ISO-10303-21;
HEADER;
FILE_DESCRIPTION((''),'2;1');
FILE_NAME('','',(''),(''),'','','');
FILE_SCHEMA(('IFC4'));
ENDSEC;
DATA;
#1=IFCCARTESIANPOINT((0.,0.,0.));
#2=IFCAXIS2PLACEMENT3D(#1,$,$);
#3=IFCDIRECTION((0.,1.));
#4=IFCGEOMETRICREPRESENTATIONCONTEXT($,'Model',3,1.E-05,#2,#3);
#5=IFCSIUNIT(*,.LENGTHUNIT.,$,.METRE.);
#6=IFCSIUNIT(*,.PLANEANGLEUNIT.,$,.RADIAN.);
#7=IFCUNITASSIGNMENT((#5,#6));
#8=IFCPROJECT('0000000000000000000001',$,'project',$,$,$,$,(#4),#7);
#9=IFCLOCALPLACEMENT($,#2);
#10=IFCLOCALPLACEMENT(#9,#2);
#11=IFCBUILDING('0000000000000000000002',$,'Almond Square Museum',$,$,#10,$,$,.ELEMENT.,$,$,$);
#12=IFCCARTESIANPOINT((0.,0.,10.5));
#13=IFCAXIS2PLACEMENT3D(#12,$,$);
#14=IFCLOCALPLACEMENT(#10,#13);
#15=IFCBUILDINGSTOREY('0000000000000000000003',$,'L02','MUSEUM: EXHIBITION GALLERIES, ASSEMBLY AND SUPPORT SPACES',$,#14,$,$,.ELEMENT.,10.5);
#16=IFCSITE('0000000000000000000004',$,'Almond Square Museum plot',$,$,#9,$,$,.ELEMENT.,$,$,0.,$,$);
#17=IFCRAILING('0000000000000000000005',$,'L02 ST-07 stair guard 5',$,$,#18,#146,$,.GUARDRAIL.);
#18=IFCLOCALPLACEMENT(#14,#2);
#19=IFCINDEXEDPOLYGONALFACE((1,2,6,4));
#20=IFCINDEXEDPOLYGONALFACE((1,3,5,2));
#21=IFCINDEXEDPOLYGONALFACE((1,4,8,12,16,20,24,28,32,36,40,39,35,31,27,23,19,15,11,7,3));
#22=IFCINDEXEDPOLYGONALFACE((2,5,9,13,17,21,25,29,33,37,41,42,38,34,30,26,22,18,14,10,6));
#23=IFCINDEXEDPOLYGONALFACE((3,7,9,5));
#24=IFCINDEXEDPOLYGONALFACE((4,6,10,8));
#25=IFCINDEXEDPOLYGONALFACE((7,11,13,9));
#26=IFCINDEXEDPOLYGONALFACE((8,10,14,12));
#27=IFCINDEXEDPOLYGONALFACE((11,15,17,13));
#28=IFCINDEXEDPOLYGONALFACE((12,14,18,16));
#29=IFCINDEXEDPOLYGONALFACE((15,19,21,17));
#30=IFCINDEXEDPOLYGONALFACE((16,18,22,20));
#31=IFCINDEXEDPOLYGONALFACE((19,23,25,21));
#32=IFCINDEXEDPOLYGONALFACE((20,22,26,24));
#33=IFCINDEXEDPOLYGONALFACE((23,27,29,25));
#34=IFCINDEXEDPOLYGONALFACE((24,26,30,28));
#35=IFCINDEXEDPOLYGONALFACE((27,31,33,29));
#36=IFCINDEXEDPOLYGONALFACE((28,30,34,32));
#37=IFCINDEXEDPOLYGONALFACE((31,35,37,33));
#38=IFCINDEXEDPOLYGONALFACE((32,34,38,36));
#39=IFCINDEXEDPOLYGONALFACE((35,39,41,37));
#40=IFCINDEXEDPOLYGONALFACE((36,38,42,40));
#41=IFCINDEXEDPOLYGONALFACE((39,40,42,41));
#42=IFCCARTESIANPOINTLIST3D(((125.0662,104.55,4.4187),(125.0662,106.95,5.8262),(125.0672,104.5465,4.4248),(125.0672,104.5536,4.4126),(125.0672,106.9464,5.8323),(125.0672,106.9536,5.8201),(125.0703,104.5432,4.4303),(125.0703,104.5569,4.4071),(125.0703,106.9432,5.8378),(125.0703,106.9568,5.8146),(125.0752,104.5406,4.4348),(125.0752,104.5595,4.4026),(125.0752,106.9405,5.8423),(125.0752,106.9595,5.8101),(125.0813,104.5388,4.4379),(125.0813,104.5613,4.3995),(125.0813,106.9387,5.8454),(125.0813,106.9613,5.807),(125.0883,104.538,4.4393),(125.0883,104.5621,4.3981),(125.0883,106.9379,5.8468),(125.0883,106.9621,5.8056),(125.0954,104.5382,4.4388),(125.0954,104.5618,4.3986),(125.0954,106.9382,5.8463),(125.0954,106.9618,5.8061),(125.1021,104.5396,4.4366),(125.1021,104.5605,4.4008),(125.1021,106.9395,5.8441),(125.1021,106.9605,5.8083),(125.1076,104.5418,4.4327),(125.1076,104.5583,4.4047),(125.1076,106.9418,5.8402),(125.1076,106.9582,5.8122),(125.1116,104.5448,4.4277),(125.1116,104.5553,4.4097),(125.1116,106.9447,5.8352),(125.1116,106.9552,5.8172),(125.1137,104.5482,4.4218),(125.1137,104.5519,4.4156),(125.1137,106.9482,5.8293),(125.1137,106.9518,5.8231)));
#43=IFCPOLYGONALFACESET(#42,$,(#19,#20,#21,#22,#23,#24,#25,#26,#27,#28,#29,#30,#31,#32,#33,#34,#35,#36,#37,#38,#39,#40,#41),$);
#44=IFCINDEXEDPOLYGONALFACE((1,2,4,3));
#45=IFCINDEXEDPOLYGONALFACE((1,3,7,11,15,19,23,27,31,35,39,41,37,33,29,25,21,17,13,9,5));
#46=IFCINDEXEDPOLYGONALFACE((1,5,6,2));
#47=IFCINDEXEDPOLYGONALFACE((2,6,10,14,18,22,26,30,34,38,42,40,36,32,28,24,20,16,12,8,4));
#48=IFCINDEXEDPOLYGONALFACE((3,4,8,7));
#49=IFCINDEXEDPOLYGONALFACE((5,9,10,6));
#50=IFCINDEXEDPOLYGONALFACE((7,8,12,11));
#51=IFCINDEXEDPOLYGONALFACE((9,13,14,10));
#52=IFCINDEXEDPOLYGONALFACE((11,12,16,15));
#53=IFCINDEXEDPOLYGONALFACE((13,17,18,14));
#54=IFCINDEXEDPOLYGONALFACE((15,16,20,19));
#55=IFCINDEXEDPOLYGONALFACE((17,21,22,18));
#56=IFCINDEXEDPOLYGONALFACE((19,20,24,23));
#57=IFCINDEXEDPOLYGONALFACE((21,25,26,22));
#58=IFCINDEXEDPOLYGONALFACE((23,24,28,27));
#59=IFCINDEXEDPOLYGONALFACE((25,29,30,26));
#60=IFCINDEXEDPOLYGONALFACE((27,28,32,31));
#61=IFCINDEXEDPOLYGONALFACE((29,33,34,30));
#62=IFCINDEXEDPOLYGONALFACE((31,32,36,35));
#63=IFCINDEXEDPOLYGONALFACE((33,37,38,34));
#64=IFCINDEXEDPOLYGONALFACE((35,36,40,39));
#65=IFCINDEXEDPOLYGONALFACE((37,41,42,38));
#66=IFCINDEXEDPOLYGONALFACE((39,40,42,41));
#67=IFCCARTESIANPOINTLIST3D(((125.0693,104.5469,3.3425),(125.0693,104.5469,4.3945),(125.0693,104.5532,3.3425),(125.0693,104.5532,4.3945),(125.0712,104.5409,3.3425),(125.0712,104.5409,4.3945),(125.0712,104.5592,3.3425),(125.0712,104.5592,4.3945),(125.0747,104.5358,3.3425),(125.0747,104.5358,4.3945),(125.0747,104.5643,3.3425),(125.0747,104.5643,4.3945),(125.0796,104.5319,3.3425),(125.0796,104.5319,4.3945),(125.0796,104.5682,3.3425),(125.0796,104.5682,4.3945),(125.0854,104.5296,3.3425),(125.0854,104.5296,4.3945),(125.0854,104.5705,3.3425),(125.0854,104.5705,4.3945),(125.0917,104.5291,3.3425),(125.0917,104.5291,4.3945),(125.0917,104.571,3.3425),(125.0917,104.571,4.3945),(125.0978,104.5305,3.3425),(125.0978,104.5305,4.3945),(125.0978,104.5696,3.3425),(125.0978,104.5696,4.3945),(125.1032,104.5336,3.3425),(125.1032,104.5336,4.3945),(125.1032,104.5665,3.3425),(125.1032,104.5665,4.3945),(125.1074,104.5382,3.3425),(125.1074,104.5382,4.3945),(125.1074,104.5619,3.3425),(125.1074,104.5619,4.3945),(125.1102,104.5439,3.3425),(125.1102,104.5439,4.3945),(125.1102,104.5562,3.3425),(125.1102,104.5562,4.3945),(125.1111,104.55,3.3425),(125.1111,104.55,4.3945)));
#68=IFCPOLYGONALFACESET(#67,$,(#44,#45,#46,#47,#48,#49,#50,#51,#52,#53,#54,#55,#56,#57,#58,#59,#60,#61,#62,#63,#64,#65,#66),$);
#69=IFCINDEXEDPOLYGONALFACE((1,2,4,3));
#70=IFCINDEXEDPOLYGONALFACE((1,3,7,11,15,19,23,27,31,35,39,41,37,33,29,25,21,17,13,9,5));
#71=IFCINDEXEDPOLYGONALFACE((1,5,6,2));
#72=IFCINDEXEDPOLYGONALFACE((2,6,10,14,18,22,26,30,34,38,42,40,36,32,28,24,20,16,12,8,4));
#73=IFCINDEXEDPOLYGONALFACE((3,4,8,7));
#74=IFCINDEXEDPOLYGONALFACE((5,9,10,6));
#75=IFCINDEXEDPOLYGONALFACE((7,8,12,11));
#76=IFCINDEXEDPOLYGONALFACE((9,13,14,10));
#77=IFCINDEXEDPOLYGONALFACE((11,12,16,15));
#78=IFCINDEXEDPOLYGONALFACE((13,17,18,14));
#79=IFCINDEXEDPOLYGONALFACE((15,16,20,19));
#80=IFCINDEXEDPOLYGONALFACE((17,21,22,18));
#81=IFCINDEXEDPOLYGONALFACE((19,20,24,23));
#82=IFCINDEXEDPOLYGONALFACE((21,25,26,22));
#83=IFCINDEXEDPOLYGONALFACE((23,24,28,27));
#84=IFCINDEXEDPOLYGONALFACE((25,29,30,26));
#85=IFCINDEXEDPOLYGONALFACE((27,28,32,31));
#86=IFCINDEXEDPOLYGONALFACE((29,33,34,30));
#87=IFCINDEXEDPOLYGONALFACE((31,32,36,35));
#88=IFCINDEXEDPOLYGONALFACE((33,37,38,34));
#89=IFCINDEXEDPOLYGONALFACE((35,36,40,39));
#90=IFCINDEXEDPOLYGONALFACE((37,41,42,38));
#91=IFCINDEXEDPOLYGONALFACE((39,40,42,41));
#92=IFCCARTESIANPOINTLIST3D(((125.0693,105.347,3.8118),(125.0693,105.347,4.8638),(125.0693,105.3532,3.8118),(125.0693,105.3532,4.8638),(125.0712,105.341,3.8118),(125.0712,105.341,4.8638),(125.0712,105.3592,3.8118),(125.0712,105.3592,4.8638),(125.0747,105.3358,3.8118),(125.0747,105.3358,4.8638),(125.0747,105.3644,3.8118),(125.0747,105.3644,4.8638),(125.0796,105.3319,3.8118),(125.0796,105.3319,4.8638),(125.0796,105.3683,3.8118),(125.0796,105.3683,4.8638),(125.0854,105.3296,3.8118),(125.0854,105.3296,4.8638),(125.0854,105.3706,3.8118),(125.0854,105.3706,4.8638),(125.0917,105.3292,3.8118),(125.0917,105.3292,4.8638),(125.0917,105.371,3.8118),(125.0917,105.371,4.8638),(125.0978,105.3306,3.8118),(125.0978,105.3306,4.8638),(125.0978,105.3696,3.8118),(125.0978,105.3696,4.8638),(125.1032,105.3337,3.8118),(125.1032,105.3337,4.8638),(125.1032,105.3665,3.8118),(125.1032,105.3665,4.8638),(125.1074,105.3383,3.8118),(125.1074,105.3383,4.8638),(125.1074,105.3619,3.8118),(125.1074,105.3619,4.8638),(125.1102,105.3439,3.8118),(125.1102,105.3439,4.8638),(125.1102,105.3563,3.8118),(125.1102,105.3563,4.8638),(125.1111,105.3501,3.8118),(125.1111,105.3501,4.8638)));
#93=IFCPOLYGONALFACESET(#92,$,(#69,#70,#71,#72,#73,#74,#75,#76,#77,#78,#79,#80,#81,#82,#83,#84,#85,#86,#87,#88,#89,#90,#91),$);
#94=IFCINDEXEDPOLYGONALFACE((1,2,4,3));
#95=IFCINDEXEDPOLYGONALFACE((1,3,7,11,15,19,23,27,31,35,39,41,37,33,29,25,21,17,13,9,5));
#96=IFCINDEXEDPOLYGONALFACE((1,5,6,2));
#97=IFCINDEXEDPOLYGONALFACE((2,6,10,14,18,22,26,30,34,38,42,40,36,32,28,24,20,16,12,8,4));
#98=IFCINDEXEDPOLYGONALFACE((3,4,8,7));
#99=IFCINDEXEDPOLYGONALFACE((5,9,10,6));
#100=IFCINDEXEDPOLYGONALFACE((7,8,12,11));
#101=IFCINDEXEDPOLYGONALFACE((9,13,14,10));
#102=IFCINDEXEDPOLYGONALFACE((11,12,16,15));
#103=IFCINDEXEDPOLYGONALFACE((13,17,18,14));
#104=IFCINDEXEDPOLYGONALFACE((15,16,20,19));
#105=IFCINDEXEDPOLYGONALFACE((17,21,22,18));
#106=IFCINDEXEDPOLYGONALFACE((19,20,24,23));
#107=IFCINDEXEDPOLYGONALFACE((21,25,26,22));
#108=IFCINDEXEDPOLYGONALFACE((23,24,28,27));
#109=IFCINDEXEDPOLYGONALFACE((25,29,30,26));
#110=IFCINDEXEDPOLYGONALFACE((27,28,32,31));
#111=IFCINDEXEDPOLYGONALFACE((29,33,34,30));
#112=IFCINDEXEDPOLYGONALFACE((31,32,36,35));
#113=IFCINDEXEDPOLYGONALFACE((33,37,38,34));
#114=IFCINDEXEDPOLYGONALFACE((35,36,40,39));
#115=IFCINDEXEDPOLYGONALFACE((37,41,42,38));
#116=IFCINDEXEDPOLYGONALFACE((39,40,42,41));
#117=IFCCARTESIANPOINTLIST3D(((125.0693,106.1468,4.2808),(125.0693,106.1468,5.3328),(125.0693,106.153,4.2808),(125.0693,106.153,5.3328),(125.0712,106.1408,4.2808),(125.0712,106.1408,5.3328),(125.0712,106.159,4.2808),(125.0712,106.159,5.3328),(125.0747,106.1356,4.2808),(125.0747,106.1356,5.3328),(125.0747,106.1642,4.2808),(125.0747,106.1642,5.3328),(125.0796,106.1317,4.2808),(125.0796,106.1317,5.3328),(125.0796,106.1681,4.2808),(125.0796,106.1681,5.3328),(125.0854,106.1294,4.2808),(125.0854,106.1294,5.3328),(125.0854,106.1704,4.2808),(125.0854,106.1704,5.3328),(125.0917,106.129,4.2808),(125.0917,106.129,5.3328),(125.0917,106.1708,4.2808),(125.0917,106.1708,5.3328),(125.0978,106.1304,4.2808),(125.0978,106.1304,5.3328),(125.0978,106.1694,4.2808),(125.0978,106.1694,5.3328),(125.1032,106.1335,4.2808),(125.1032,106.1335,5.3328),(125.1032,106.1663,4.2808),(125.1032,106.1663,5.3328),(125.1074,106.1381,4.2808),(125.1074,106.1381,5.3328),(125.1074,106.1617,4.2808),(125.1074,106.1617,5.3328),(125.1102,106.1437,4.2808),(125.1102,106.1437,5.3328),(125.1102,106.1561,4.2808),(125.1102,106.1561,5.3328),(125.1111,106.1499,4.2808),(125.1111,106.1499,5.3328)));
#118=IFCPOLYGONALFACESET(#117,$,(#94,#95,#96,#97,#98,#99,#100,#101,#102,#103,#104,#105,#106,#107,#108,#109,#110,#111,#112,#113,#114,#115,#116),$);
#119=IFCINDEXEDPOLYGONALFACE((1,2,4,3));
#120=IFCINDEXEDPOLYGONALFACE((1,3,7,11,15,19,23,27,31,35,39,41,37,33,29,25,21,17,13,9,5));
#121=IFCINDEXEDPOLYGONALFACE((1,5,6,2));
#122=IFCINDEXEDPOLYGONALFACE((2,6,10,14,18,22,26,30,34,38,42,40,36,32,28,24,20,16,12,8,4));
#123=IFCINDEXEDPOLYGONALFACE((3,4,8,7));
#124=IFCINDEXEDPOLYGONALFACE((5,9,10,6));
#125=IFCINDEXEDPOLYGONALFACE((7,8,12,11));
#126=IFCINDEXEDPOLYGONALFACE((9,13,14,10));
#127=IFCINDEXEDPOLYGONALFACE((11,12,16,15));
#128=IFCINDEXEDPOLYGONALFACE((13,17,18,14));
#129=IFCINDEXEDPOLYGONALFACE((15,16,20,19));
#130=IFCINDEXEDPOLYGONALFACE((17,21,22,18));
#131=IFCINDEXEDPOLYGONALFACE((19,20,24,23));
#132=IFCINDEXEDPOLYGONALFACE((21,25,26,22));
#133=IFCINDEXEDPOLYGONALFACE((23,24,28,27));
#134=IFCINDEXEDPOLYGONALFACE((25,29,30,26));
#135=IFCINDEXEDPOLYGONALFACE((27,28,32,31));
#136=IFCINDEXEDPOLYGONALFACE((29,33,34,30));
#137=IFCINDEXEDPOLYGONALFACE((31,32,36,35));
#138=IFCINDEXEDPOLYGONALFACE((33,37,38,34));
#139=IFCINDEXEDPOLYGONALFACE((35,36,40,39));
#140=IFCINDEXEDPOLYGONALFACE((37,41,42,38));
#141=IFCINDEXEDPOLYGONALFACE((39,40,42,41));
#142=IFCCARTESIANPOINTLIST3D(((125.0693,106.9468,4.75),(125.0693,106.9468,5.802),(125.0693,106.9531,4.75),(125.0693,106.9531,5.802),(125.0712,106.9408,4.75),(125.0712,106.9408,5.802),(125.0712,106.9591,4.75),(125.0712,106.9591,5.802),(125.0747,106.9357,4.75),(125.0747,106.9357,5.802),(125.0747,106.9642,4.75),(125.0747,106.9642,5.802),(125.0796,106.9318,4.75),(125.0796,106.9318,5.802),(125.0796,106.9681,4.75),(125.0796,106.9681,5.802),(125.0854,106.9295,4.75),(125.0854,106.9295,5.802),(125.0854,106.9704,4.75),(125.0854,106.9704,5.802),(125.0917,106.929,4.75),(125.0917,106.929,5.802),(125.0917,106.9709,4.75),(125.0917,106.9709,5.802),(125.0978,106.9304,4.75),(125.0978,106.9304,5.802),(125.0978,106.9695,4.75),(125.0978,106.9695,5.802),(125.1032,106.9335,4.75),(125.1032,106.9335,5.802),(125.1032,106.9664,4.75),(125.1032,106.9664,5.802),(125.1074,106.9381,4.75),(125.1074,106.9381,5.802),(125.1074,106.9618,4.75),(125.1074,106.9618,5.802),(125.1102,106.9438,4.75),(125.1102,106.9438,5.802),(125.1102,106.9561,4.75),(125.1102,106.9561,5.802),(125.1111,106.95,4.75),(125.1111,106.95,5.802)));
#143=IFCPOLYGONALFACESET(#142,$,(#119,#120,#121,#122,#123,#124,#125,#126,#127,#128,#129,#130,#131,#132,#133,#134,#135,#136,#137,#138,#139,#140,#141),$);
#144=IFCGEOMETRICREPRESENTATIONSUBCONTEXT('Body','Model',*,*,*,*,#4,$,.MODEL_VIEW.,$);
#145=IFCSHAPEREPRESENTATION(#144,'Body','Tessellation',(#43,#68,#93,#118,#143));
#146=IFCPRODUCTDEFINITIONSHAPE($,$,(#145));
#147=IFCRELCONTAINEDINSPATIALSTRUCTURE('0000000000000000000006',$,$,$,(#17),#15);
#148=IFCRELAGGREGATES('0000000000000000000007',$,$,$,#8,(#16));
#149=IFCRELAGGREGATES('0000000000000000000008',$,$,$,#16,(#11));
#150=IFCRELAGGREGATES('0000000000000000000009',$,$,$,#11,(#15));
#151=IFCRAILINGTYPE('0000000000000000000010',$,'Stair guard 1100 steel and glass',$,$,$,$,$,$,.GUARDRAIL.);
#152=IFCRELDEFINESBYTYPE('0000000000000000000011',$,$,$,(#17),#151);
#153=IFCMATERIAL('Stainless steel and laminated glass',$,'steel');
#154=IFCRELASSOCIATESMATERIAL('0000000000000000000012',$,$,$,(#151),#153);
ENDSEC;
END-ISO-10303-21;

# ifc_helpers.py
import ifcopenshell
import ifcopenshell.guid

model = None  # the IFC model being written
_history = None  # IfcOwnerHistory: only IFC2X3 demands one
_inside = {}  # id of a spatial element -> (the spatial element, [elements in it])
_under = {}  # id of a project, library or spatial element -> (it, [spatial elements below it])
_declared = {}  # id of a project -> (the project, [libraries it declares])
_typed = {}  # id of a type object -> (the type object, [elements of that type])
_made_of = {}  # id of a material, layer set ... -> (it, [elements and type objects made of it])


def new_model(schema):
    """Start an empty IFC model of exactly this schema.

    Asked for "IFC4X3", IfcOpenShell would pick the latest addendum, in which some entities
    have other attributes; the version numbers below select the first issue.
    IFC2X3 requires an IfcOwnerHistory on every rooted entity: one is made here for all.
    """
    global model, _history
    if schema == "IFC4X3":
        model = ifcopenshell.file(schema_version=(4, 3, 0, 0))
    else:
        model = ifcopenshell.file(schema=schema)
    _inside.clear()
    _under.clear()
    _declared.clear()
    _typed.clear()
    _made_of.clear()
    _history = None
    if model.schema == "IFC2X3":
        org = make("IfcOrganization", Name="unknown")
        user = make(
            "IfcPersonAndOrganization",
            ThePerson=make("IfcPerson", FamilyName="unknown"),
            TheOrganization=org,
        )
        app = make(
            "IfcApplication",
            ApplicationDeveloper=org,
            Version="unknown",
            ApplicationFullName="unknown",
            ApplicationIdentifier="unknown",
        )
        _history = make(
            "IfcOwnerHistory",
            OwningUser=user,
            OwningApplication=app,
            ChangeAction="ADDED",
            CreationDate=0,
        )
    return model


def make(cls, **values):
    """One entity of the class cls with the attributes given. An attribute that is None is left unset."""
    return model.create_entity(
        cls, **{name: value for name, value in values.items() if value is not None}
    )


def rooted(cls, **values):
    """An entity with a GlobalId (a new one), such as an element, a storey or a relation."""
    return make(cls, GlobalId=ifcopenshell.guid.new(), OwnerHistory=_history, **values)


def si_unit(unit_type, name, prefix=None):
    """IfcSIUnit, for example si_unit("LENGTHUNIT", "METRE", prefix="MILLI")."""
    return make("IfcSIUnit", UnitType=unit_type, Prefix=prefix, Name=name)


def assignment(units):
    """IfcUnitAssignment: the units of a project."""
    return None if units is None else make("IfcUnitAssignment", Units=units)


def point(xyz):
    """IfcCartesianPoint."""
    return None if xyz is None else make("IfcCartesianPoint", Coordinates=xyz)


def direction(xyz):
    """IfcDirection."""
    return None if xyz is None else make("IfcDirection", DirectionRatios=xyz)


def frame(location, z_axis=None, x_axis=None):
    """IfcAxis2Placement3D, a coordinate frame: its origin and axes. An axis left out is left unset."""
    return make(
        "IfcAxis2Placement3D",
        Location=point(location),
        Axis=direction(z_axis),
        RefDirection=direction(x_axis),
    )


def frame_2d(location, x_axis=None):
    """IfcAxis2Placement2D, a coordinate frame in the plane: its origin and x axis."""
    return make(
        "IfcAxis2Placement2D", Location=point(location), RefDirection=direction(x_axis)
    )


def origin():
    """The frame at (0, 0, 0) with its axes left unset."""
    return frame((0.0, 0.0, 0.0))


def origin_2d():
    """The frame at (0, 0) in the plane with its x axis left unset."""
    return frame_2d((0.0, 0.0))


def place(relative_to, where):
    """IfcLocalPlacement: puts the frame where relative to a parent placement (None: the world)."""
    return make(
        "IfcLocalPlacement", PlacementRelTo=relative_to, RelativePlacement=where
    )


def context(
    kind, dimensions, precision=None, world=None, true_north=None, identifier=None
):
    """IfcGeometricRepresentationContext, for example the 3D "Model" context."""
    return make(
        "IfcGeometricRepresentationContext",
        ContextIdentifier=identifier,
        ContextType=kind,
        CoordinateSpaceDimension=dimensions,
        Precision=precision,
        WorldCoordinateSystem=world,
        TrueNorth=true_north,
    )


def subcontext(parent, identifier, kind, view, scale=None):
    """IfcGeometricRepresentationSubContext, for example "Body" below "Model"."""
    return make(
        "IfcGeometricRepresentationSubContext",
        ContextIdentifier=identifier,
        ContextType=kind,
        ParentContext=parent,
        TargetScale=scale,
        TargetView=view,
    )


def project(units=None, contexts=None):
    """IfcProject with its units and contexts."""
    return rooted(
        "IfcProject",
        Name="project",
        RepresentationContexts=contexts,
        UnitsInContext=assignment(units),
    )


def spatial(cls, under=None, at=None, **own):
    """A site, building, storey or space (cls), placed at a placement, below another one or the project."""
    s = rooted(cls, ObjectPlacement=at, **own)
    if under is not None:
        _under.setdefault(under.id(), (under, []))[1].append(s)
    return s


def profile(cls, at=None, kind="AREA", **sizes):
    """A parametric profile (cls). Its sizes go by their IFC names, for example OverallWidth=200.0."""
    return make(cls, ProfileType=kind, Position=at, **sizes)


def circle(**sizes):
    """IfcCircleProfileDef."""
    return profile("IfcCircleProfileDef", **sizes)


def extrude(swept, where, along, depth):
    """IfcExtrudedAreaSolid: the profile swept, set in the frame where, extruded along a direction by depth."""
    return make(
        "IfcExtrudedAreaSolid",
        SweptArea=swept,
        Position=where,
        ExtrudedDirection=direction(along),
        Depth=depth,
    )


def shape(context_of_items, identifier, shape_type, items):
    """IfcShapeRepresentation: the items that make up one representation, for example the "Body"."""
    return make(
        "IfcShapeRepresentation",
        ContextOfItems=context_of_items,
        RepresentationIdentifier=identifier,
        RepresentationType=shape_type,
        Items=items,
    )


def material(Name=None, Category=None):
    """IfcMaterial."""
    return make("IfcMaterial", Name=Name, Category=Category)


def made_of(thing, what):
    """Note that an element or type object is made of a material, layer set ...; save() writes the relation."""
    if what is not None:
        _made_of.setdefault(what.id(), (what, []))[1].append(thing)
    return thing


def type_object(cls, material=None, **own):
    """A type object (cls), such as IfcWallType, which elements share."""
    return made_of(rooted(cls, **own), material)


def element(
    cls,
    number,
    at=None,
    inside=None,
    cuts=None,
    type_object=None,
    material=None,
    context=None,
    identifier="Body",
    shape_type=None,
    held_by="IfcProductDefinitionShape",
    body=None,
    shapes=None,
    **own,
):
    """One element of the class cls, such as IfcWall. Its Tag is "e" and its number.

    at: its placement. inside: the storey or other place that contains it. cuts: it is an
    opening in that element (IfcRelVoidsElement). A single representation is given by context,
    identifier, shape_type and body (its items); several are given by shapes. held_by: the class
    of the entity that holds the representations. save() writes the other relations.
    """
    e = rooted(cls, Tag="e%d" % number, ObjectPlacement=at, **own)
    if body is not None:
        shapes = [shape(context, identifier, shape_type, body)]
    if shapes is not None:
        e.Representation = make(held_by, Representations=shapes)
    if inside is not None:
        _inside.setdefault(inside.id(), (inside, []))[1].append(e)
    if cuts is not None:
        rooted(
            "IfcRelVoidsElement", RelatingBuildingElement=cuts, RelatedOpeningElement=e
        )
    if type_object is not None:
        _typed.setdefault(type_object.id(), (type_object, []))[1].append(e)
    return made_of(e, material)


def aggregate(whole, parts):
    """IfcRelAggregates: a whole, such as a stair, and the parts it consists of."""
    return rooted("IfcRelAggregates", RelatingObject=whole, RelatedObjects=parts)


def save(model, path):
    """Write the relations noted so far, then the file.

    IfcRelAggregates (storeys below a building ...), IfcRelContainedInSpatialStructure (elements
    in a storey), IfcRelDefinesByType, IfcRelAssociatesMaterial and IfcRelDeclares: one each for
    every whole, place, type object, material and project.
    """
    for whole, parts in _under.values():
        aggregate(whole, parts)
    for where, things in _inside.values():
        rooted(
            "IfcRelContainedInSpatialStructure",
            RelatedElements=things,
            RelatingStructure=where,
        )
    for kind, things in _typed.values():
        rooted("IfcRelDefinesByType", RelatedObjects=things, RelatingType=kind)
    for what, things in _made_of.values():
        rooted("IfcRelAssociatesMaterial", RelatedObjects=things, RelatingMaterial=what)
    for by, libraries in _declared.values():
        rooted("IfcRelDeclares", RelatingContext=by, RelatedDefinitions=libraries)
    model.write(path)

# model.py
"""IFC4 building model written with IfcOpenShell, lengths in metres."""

from ifc_helpers import new_model, si_unit, direction, frame, origin, origin_2d, place, context, subcontext, project, spatial, circle, extrude, material, type_object, element, save


model = new_model("IFC4")

# Units and contexts
model_context = context("Model", 3, precision=1e-05, world=origin(), true_north=direction((0.0, 1.0)))
body_context = subcontext(model_context, "Body", "Model", "MODEL_VIEW")
ifc_project = project(units=[si_unit("LENGTHUNIT", "METRE"), si_unit("PLANEANGLEUNIT", "RADIAN")], contexts=[model_context])

# Site, building, storey
site_placement = place(None, origin())
site = spatial("IfcSite", under=ifc_project, at=site_placement, Name="Almond Square Museum plot", CompositionType="ELEMENT", RefElevation=0.0)
building_placement = place(site_placement, origin())
building = spatial("IfcBuilding", under=site, at=building_placement, Name="Almond Square Museum", CompositionType="ELEMENT")
storey_placement = place(building_placement, frame((0.0, 0.0, 10.5)))
storey = spatial("IfcBuildingStorey", under=building, at=storey_placement, Name="L02", Description="MUSEUM: EXHIBITION GALLERIES, ASSEMBLY AND SUPPORT SPACES", CompositionType="ELEMENT", Elevation=10.5)

# Railing
ifc_material_1 = material(Name="Stainless steel and laminated glass", Category="steel")
railing_type_1 = type_object("IfcRailingType", Name="Stair guard 1100 steel and glass", PredefinedType="GUARDRAIL", material=ifc_material_1)
railing_1_placement = place(storey_placement, frame((125.0901, 104.55, 3.3425)))
element("IfcRailing", 1, at=railing_1_placement, inside=storey, type_object=railing_type_1, Name="L02 ST-07 stair guard 5", PredefinedType="GUARDRAIL", context=body_context, shape_type="SweptSolid", body=[
    extrude(circle(Radius=0.0239, at=origin_2d()), frame((0.0, 0.0, 1.0762), z_axis=(0.0, 0.862599, 0.505888), x_axis=(-1.0, 0.0, 0.0)), (0.0, 0.0, 1.0), 2.7822),
    extrude(circle(Radius=0.021, at=origin_2d()), origin(), (0.0, 0.0, 1.0), 1.052),
    extrude(circle(Radius=0.021, at=origin_2d()), frame((0.0, 0.8, 0.4692)), (0.0, 0.0, 1.0), 1.052),
    extrude(circle(Radius=0.021, at=origin_2d()), frame((0.0, 1.5999, 0.9382)), (0.0, 0.0, 1.0), 1.052),
    extrude(circle(Radius=0.021, at=origin_2d()), frame((0.0, 2.3999, 1.4075)), (0.0, 0.0, 1.0), 1.052),
])

save(model, "model.ifc")
